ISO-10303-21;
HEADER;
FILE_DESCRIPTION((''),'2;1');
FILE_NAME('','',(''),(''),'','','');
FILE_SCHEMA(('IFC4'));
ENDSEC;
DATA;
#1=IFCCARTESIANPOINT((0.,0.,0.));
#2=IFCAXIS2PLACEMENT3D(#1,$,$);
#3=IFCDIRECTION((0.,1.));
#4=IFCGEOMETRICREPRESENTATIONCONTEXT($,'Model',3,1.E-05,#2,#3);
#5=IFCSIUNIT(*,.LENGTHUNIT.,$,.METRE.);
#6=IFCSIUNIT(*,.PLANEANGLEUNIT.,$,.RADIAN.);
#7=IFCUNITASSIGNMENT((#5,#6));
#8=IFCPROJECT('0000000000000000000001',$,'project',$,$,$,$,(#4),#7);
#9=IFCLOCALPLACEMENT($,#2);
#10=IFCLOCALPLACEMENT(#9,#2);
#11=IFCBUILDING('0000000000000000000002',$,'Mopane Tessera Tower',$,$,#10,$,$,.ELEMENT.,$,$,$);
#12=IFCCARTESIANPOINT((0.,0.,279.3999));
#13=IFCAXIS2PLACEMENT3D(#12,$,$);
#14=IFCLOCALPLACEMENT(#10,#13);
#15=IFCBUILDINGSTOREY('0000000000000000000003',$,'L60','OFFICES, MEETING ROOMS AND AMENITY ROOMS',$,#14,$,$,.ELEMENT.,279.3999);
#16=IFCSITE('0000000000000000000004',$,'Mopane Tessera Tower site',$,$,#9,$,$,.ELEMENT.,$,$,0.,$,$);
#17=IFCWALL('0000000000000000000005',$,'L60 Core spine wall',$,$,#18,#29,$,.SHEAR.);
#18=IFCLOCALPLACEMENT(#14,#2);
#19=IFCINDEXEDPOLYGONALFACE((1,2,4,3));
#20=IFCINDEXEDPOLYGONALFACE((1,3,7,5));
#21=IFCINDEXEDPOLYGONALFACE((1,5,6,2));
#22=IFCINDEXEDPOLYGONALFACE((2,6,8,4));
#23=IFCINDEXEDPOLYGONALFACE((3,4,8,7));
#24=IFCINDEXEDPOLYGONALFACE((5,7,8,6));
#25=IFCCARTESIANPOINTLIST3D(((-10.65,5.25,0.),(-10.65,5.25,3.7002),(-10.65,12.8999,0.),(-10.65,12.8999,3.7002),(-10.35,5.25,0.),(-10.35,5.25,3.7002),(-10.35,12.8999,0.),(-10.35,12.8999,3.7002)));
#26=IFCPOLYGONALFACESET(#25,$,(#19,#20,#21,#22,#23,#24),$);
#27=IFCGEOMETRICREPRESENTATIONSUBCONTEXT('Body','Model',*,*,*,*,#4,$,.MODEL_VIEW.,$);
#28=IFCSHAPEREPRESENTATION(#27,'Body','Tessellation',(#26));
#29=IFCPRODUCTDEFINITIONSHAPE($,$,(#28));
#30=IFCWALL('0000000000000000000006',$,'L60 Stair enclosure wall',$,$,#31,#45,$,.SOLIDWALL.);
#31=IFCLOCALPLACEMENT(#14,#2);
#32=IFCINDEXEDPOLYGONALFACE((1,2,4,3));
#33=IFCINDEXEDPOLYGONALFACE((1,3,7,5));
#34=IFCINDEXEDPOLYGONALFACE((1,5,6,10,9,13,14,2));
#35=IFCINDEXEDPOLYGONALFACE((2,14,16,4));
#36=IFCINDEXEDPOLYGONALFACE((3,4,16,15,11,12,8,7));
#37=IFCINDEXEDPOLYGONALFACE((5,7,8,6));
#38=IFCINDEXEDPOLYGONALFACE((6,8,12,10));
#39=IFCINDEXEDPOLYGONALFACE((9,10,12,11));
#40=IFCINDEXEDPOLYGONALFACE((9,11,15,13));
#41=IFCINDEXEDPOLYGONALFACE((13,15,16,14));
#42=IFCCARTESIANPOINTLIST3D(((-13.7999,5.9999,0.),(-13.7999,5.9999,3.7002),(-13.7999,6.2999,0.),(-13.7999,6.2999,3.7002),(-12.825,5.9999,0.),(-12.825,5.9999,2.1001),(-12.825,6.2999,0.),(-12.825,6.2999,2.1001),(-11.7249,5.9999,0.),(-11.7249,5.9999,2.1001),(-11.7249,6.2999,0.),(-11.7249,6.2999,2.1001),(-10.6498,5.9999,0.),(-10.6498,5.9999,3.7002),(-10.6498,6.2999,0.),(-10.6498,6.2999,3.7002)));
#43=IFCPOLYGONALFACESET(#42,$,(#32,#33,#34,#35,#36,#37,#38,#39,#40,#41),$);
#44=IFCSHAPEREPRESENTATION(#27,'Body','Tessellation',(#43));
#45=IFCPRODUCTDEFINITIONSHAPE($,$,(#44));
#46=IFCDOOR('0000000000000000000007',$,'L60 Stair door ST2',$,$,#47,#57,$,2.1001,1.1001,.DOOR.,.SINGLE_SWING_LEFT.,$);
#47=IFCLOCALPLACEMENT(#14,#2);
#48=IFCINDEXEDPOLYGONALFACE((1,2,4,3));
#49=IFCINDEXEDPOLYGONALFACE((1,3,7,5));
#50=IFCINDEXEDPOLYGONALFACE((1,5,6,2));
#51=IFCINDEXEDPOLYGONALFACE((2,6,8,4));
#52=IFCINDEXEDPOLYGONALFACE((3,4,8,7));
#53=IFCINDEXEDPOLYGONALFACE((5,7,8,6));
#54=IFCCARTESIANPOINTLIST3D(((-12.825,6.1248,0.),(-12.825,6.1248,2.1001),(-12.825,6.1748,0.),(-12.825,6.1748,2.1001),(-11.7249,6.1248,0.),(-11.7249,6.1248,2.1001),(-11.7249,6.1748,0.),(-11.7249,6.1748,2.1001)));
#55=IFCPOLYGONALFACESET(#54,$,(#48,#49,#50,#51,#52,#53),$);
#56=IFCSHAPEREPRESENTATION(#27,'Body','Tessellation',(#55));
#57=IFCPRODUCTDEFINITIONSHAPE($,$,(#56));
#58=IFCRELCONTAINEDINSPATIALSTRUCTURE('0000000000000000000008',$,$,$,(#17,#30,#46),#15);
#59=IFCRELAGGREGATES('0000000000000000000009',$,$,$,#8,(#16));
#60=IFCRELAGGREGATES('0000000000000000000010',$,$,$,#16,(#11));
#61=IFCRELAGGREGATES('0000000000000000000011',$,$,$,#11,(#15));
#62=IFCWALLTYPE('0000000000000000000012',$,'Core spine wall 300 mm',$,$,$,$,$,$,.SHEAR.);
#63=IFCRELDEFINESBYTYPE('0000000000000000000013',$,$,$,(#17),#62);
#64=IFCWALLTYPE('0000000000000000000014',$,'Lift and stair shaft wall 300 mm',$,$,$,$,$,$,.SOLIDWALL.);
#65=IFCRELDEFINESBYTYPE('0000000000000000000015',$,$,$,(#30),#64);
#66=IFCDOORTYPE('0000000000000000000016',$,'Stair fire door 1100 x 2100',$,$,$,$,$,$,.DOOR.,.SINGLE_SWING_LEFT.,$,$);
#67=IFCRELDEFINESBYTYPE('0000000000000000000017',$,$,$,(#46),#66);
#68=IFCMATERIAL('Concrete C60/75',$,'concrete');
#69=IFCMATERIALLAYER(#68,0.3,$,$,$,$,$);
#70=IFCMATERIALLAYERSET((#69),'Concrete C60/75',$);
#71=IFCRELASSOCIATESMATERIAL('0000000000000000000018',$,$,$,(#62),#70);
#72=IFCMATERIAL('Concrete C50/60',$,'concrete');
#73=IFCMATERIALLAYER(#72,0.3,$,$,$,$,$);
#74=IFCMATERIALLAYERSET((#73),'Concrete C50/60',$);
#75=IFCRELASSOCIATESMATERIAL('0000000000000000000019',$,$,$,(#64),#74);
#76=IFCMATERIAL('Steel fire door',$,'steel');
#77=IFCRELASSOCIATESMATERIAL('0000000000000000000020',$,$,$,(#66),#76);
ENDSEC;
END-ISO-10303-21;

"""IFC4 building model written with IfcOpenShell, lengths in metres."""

from ifc_helpers import new_model, si_unit, direction, frame, frame_2d, origin, place, context, subcontext, project, spatial, rectangle, extrude, material, layer, layer_set, type_object, element, fill, save


model = new_model("IFC4")

# Units and contexts
model_context = context("Model", 3, precision=1e-05, world=origin(), true_north=direction((0.0, 1.0)))
body_context = subcontext(model_context, "Body", "Model", "MODEL_VIEW")
ifc_project = project(units=[si_unit("LENGTHUNIT", "METRE"), si_unit("PLANEANGLEUNIT", "RADIAN")], contexts=[model_context])

# Site, building, storey
site_placement = place(None, origin())
site = spatial("IfcSite", under=ifc_project, at=site_placement, Name="Mopane Tessera Tower site", CompositionType="ELEMENT", RefElevation=0.0)
building_placement = place(site_placement, origin())
building = spatial("IfcBuilding", under=site, at=building_placement, Name="Mopane Tessera Tower", CompositionType="ELEMENT")
storey_placement = place(building_placement, frame((0.0, 0.0, 279.3999)))
storey = spatial("IfcBuildingStorey", under=building, at=storey_placement, Name="L60", Description="OFFICES, MEETING ROOMS AND AMENITY ROOMS", CompositionType="ELEMENT", Elevation=279.3999)

# Wall
ifc_material_1 = material(Name="Concrete C60/75", Category="concrete")
ifc_layer_1 = layer(ifc_material_1, 0.3)
ifc_layer_set_1 = layer_set([ifc_layer_1], Name="Concrete C60/75")
wall_type_1 = type_object("IfcWallType", Name="Core spine wall 300 mm", PredefinedType="SHEAR", material=ifc_layer_set_1)
wall_1_placement = place(storey_placement, frame((-10.5, 5.25, 0.0), z_axis=(0.0, 0.0, 1.0), x_axis=(0.0, 1.0, 0.0)))
element("IfcWall", 1, at=wall_1_placement, inside=storey, type_object=wall_type_1, Name="L60 Core spine wall", PredefinedType="SHEAR", context=body_context, shape_type="SweptSolid", body=[
    extrude(rectangle(XDim=7.6499, YDim=0.3, at=frame_2d((3.825, 0.0))), origin(), (0.0, 0.0, 1.0), 3.7002),
])

# Wall, opening, door
ifc_material_2 = material(Name="Concrete C50/60", Category="concrete")
ifc_layer_2 = layer(ifc_material_2, 0.3)
ifc_layer_set_2 = layer_set([ifc_layer_2], Name="Concrete C50/60")
wall_type_2 = type_object("IfcWallType", Name="Lift and stair shaft wall 300 mm", PredefinedType="SOLIDWALL", material=ifc_layer_set_2)
wall_2_placement = place(storey_placement, frame((-13.8, 6.1499, 0.0), z_axis=(0.0, 0.0, 1.0), x_axis=(1.0, 0.0, 0.0)))
wall_2 = element("IfcWall", 2, at=wall_2_placement, inside=storey, type_object=wall_type_2, Name="L60 Stair enclosure wall", PredefinedType="SOLIDWALL", context=body_context, shape_type="SweptSolid", body=[
    extrude(rectangle(XDim=3.1501, YDim=0.3, at=frame_2d((1.5752, 0.0))), origin(), (0.0, 0.0, 1.0), 3.7002),
])
opening_1_placement = place(wall_2_placement, frame((0.9751, 0.0, 0.0)))
opening_1 = element("IfcOpeningElement", 3, at=opening_1_placement, cuts=wall_2, PredefinedType="OPENING", context=body_context, shape_type="SweptSolid", body=[
    extrude(rectangle(XDim=1.1001, YDim=2.1001, at=frame_2d((0.55, 1.05))), frame((0.0, 0.1621, 0.0), z_axis=(0.0, -1.0, 0.0), x_axis=(1.0, 0.0, 0.0)), (0.0, 0.0, 1.0), 0.324),
])
ifc_material_3 = material(Name="Steel fire door", Category="steel")
door_type_1 = type_object("IfcDoorType", Name="Stair fire door 1100 x 2100", OperationType="SINGLE_SWING_LEFT", PredefinedType="DOOR", material=ifc_material_3)
door_1_placement = place(opening_1_placement, origin())
door_1 = element("IfcDoor", 4, at=door_1_placement, inside=storey, type_object=door_type_1, Name="L60 Stair door ST2", OperationType="SINGLE_SWING_LEFT", OverallHeight=2.1001, OverallWidth=1.1001, PredefinedType="DOOR", context=body_context, shape_type="SweptSolid", body=[
    extrude(rectangle(XDim=1.1001, YDim=2.1001, at=frame_2d((0.55, 1.05))), frame((0.0, 0.0249, 0.0), z_axis=(0.0, -1.0, 0.0), x_axis=(1.0, 0.0, 0.0)), (0.0, 0.0, 1.0), 0.05),
])
fill(opening_1, door_1)

save(model, "model.ifc")
